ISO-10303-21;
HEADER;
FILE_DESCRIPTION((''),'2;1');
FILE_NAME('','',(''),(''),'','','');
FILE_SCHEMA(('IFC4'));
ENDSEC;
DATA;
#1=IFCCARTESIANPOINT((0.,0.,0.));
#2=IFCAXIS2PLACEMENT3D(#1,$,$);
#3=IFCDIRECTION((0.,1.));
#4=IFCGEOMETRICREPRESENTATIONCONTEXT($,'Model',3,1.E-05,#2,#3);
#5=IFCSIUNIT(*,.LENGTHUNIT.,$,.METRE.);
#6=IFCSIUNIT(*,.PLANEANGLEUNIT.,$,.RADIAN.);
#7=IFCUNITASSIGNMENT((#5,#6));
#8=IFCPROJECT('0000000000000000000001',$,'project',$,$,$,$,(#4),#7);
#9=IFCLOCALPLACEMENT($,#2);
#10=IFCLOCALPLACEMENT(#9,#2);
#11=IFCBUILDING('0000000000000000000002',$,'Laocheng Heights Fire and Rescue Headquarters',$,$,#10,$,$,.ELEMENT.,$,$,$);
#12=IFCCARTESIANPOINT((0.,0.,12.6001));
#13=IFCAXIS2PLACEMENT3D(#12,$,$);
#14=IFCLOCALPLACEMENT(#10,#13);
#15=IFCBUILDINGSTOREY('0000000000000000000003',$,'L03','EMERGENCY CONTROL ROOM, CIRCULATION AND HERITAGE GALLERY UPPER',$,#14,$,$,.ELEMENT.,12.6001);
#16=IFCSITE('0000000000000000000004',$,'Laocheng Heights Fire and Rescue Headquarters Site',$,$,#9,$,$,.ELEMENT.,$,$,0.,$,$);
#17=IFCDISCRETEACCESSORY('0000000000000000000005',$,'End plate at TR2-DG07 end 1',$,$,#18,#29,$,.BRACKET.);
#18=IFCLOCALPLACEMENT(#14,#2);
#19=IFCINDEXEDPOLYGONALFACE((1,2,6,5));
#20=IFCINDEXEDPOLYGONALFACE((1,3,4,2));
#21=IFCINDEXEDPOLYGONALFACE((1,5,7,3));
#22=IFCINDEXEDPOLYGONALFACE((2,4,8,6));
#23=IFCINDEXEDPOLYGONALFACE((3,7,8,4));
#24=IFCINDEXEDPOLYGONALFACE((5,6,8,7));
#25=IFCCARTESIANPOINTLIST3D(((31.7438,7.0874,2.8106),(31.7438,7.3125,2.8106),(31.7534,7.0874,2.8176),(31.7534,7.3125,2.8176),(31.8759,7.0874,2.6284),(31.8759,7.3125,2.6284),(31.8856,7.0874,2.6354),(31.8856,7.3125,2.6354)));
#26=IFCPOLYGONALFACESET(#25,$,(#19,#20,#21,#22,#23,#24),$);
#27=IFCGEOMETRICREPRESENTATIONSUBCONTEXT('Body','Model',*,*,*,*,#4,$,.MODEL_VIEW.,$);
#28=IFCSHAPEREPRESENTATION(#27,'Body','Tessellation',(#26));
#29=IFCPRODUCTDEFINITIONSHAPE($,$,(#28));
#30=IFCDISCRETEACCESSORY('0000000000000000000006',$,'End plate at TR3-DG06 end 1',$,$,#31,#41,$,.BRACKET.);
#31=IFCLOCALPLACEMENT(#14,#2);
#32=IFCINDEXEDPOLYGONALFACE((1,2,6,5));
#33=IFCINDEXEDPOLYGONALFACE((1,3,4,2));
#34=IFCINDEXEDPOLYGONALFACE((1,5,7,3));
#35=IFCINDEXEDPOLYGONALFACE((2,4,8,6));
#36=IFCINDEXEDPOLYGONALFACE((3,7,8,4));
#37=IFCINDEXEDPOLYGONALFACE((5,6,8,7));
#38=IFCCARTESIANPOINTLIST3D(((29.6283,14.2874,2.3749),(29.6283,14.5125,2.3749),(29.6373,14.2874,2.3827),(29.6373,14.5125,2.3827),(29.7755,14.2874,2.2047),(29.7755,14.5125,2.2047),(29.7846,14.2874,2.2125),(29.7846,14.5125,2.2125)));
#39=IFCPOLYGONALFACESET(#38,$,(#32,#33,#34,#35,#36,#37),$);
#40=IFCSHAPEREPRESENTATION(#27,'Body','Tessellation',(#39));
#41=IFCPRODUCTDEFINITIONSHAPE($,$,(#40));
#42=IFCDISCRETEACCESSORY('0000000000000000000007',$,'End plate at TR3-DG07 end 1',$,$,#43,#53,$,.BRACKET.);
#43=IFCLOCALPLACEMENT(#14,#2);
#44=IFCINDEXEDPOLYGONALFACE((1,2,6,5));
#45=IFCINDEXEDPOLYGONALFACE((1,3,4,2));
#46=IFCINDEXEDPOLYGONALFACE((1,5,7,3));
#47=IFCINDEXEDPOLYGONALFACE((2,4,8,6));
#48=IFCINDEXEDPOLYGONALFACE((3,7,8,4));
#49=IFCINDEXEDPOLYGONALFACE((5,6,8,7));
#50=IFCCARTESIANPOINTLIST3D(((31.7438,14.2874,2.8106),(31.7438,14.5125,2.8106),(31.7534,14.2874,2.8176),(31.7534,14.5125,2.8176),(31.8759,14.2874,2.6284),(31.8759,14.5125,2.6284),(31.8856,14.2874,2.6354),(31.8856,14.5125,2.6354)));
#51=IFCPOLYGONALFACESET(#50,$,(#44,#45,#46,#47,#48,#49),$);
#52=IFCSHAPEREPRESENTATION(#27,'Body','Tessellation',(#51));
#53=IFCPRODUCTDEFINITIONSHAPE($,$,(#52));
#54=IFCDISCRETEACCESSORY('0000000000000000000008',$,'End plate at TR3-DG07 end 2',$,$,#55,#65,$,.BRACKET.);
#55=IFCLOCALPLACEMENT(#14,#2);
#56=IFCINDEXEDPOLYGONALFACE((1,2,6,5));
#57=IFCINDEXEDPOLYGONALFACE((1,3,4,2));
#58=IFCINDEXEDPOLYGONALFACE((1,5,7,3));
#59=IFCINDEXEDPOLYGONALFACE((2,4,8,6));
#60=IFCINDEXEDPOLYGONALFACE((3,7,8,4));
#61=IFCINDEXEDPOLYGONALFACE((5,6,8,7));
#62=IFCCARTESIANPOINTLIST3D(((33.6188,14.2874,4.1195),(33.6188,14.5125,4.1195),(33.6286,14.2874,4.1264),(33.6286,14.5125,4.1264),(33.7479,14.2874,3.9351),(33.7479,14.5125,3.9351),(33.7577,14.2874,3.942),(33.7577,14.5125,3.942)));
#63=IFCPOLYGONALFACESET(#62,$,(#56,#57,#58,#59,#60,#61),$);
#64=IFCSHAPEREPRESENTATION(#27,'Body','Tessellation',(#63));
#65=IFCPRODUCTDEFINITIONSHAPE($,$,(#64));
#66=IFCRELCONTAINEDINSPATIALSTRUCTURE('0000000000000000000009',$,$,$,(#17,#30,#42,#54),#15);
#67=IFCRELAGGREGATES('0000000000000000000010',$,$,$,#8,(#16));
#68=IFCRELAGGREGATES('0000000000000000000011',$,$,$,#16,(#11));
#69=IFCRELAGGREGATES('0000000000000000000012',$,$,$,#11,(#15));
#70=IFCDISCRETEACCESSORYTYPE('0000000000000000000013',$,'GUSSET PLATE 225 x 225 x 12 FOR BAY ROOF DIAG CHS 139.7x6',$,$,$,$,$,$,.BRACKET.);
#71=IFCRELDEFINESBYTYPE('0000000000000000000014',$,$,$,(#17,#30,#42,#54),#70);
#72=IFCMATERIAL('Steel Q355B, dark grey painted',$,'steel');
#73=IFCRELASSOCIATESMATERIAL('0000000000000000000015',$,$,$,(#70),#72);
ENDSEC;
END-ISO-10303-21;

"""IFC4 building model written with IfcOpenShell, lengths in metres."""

from ifc_helpers import new_model, si_unit, direction, frame, origin, origin_2d, place, context, subcontext, project, spatial, rectangle, extrude, material, material_profile, profile_set, type_object, element, save


model = new_model("IFC4")

# Units and contexts
model_context = context("Model", 3, precision=1e-05, world=origin(), true_north=direction((0.0, 1.0)))
body_context = subcontext(model_context, "Body", "Model", "MODEL_VIEW")
ifc_project = project(units=[si_unit("LENGTHUNIT", "METRE"), si_unit("PLANEANGLEUNIT", "RADIAN")], contexts=[model_context])

# Site, building, storey
site_placement = place(None, origin())
site = spatial("IfcSite", under=ifc_project, at=site_placement, Name="Laocheng Heights Fire and Rescue Headquarters Site", CompositionType="ELEMENT", RefElevation=0.0)
building_placement = place(site_placement, origin())
building = spatial("IfcBuilding", under=site, at=building_placement, Name="Laocheng Heights Fire and Rescue Headquarters", CompositionType="ELEMENT")
storey_placement = place(building_placement, frame((0.0, 0.0, 12.6001)))
storey = spatial("IfcBuildingStorey", under=building, at=storey_placement, Name="L03", Description="EMERGENCY CONTROL ROOM, CIRCULATION AND HERITAGE GALLERY UPPER", CompositionType="ELEMENT", Elevation=12.6001)

# Discrete accessories
ifc_material_1 = material(Name="Steel Q355B, dark grey painted", Category="steel")
ifc_material_profile_1 = material_profile(ifc_material_1, rectangle(XDim=0.2251, YDim=0.2251, at=origin_2d()), Name="GUSSET PLATE 225 x 225 x 12 FOR BAY ROOF DIAG CHS 139.7x6")
ifc_profile_set_1 = profile_set([ifc_material_profile_1], Name="Steel Q355B, dark grey painted")
discrete_accessory_type = type_object("IfcDiscreteAccessoryType", Name="GUSSET PLATE 225 x 225 x 12 FOR BAY ROOF DIAG CHS 139.7x6", PredefinedType="BRACKET", material=ifc_profile_set_1)
for number, where, z_axis, x_axis, name in (
    (1, (31.8098, 7.2, 2.7195), (0.80961, 0.0, 0.586968), (0.0, 1.0, 0.0), "End plate at TR2-DG07 end 1"),
    (2, (29.7019, 14.3999, 2.2898), (0.756363, 0.0, 0.654152), (0.0, 1.0, 0.0), "End plate at TR3-DG06 end 1"),
    (3, (31.8098, 14.3999, 2.7195), (0.80961, 0.0, 0.586968), (0.0, 1.0, 0.0), "End plate at TR3-DG07 end 1"),
    (4, (33.6833, 14.3999, 4.0273), (0.819232, 0.0, 0.573462), (0.0, 1.0, 0.0), "End plate at TR3-DG07 end 2"),
):
    element("IfcDiscreteAccessory", number, at=place(storey_placement, frame(where, z_axis=z_axis, x_axis=x_axis)), inside=storey, type_object=discrete_accessory_type, Name=name, PredefinedType="BRACKET", context=body_context, shape_type="SweptSolid", body=[
        extrude(rectangle(XDim=0.2251, YDim=0.2251, at=origin_2d()), origin(), (0.0, 0.0, 1.0), 0.012),
    ])

save(model, "model.ifc")
